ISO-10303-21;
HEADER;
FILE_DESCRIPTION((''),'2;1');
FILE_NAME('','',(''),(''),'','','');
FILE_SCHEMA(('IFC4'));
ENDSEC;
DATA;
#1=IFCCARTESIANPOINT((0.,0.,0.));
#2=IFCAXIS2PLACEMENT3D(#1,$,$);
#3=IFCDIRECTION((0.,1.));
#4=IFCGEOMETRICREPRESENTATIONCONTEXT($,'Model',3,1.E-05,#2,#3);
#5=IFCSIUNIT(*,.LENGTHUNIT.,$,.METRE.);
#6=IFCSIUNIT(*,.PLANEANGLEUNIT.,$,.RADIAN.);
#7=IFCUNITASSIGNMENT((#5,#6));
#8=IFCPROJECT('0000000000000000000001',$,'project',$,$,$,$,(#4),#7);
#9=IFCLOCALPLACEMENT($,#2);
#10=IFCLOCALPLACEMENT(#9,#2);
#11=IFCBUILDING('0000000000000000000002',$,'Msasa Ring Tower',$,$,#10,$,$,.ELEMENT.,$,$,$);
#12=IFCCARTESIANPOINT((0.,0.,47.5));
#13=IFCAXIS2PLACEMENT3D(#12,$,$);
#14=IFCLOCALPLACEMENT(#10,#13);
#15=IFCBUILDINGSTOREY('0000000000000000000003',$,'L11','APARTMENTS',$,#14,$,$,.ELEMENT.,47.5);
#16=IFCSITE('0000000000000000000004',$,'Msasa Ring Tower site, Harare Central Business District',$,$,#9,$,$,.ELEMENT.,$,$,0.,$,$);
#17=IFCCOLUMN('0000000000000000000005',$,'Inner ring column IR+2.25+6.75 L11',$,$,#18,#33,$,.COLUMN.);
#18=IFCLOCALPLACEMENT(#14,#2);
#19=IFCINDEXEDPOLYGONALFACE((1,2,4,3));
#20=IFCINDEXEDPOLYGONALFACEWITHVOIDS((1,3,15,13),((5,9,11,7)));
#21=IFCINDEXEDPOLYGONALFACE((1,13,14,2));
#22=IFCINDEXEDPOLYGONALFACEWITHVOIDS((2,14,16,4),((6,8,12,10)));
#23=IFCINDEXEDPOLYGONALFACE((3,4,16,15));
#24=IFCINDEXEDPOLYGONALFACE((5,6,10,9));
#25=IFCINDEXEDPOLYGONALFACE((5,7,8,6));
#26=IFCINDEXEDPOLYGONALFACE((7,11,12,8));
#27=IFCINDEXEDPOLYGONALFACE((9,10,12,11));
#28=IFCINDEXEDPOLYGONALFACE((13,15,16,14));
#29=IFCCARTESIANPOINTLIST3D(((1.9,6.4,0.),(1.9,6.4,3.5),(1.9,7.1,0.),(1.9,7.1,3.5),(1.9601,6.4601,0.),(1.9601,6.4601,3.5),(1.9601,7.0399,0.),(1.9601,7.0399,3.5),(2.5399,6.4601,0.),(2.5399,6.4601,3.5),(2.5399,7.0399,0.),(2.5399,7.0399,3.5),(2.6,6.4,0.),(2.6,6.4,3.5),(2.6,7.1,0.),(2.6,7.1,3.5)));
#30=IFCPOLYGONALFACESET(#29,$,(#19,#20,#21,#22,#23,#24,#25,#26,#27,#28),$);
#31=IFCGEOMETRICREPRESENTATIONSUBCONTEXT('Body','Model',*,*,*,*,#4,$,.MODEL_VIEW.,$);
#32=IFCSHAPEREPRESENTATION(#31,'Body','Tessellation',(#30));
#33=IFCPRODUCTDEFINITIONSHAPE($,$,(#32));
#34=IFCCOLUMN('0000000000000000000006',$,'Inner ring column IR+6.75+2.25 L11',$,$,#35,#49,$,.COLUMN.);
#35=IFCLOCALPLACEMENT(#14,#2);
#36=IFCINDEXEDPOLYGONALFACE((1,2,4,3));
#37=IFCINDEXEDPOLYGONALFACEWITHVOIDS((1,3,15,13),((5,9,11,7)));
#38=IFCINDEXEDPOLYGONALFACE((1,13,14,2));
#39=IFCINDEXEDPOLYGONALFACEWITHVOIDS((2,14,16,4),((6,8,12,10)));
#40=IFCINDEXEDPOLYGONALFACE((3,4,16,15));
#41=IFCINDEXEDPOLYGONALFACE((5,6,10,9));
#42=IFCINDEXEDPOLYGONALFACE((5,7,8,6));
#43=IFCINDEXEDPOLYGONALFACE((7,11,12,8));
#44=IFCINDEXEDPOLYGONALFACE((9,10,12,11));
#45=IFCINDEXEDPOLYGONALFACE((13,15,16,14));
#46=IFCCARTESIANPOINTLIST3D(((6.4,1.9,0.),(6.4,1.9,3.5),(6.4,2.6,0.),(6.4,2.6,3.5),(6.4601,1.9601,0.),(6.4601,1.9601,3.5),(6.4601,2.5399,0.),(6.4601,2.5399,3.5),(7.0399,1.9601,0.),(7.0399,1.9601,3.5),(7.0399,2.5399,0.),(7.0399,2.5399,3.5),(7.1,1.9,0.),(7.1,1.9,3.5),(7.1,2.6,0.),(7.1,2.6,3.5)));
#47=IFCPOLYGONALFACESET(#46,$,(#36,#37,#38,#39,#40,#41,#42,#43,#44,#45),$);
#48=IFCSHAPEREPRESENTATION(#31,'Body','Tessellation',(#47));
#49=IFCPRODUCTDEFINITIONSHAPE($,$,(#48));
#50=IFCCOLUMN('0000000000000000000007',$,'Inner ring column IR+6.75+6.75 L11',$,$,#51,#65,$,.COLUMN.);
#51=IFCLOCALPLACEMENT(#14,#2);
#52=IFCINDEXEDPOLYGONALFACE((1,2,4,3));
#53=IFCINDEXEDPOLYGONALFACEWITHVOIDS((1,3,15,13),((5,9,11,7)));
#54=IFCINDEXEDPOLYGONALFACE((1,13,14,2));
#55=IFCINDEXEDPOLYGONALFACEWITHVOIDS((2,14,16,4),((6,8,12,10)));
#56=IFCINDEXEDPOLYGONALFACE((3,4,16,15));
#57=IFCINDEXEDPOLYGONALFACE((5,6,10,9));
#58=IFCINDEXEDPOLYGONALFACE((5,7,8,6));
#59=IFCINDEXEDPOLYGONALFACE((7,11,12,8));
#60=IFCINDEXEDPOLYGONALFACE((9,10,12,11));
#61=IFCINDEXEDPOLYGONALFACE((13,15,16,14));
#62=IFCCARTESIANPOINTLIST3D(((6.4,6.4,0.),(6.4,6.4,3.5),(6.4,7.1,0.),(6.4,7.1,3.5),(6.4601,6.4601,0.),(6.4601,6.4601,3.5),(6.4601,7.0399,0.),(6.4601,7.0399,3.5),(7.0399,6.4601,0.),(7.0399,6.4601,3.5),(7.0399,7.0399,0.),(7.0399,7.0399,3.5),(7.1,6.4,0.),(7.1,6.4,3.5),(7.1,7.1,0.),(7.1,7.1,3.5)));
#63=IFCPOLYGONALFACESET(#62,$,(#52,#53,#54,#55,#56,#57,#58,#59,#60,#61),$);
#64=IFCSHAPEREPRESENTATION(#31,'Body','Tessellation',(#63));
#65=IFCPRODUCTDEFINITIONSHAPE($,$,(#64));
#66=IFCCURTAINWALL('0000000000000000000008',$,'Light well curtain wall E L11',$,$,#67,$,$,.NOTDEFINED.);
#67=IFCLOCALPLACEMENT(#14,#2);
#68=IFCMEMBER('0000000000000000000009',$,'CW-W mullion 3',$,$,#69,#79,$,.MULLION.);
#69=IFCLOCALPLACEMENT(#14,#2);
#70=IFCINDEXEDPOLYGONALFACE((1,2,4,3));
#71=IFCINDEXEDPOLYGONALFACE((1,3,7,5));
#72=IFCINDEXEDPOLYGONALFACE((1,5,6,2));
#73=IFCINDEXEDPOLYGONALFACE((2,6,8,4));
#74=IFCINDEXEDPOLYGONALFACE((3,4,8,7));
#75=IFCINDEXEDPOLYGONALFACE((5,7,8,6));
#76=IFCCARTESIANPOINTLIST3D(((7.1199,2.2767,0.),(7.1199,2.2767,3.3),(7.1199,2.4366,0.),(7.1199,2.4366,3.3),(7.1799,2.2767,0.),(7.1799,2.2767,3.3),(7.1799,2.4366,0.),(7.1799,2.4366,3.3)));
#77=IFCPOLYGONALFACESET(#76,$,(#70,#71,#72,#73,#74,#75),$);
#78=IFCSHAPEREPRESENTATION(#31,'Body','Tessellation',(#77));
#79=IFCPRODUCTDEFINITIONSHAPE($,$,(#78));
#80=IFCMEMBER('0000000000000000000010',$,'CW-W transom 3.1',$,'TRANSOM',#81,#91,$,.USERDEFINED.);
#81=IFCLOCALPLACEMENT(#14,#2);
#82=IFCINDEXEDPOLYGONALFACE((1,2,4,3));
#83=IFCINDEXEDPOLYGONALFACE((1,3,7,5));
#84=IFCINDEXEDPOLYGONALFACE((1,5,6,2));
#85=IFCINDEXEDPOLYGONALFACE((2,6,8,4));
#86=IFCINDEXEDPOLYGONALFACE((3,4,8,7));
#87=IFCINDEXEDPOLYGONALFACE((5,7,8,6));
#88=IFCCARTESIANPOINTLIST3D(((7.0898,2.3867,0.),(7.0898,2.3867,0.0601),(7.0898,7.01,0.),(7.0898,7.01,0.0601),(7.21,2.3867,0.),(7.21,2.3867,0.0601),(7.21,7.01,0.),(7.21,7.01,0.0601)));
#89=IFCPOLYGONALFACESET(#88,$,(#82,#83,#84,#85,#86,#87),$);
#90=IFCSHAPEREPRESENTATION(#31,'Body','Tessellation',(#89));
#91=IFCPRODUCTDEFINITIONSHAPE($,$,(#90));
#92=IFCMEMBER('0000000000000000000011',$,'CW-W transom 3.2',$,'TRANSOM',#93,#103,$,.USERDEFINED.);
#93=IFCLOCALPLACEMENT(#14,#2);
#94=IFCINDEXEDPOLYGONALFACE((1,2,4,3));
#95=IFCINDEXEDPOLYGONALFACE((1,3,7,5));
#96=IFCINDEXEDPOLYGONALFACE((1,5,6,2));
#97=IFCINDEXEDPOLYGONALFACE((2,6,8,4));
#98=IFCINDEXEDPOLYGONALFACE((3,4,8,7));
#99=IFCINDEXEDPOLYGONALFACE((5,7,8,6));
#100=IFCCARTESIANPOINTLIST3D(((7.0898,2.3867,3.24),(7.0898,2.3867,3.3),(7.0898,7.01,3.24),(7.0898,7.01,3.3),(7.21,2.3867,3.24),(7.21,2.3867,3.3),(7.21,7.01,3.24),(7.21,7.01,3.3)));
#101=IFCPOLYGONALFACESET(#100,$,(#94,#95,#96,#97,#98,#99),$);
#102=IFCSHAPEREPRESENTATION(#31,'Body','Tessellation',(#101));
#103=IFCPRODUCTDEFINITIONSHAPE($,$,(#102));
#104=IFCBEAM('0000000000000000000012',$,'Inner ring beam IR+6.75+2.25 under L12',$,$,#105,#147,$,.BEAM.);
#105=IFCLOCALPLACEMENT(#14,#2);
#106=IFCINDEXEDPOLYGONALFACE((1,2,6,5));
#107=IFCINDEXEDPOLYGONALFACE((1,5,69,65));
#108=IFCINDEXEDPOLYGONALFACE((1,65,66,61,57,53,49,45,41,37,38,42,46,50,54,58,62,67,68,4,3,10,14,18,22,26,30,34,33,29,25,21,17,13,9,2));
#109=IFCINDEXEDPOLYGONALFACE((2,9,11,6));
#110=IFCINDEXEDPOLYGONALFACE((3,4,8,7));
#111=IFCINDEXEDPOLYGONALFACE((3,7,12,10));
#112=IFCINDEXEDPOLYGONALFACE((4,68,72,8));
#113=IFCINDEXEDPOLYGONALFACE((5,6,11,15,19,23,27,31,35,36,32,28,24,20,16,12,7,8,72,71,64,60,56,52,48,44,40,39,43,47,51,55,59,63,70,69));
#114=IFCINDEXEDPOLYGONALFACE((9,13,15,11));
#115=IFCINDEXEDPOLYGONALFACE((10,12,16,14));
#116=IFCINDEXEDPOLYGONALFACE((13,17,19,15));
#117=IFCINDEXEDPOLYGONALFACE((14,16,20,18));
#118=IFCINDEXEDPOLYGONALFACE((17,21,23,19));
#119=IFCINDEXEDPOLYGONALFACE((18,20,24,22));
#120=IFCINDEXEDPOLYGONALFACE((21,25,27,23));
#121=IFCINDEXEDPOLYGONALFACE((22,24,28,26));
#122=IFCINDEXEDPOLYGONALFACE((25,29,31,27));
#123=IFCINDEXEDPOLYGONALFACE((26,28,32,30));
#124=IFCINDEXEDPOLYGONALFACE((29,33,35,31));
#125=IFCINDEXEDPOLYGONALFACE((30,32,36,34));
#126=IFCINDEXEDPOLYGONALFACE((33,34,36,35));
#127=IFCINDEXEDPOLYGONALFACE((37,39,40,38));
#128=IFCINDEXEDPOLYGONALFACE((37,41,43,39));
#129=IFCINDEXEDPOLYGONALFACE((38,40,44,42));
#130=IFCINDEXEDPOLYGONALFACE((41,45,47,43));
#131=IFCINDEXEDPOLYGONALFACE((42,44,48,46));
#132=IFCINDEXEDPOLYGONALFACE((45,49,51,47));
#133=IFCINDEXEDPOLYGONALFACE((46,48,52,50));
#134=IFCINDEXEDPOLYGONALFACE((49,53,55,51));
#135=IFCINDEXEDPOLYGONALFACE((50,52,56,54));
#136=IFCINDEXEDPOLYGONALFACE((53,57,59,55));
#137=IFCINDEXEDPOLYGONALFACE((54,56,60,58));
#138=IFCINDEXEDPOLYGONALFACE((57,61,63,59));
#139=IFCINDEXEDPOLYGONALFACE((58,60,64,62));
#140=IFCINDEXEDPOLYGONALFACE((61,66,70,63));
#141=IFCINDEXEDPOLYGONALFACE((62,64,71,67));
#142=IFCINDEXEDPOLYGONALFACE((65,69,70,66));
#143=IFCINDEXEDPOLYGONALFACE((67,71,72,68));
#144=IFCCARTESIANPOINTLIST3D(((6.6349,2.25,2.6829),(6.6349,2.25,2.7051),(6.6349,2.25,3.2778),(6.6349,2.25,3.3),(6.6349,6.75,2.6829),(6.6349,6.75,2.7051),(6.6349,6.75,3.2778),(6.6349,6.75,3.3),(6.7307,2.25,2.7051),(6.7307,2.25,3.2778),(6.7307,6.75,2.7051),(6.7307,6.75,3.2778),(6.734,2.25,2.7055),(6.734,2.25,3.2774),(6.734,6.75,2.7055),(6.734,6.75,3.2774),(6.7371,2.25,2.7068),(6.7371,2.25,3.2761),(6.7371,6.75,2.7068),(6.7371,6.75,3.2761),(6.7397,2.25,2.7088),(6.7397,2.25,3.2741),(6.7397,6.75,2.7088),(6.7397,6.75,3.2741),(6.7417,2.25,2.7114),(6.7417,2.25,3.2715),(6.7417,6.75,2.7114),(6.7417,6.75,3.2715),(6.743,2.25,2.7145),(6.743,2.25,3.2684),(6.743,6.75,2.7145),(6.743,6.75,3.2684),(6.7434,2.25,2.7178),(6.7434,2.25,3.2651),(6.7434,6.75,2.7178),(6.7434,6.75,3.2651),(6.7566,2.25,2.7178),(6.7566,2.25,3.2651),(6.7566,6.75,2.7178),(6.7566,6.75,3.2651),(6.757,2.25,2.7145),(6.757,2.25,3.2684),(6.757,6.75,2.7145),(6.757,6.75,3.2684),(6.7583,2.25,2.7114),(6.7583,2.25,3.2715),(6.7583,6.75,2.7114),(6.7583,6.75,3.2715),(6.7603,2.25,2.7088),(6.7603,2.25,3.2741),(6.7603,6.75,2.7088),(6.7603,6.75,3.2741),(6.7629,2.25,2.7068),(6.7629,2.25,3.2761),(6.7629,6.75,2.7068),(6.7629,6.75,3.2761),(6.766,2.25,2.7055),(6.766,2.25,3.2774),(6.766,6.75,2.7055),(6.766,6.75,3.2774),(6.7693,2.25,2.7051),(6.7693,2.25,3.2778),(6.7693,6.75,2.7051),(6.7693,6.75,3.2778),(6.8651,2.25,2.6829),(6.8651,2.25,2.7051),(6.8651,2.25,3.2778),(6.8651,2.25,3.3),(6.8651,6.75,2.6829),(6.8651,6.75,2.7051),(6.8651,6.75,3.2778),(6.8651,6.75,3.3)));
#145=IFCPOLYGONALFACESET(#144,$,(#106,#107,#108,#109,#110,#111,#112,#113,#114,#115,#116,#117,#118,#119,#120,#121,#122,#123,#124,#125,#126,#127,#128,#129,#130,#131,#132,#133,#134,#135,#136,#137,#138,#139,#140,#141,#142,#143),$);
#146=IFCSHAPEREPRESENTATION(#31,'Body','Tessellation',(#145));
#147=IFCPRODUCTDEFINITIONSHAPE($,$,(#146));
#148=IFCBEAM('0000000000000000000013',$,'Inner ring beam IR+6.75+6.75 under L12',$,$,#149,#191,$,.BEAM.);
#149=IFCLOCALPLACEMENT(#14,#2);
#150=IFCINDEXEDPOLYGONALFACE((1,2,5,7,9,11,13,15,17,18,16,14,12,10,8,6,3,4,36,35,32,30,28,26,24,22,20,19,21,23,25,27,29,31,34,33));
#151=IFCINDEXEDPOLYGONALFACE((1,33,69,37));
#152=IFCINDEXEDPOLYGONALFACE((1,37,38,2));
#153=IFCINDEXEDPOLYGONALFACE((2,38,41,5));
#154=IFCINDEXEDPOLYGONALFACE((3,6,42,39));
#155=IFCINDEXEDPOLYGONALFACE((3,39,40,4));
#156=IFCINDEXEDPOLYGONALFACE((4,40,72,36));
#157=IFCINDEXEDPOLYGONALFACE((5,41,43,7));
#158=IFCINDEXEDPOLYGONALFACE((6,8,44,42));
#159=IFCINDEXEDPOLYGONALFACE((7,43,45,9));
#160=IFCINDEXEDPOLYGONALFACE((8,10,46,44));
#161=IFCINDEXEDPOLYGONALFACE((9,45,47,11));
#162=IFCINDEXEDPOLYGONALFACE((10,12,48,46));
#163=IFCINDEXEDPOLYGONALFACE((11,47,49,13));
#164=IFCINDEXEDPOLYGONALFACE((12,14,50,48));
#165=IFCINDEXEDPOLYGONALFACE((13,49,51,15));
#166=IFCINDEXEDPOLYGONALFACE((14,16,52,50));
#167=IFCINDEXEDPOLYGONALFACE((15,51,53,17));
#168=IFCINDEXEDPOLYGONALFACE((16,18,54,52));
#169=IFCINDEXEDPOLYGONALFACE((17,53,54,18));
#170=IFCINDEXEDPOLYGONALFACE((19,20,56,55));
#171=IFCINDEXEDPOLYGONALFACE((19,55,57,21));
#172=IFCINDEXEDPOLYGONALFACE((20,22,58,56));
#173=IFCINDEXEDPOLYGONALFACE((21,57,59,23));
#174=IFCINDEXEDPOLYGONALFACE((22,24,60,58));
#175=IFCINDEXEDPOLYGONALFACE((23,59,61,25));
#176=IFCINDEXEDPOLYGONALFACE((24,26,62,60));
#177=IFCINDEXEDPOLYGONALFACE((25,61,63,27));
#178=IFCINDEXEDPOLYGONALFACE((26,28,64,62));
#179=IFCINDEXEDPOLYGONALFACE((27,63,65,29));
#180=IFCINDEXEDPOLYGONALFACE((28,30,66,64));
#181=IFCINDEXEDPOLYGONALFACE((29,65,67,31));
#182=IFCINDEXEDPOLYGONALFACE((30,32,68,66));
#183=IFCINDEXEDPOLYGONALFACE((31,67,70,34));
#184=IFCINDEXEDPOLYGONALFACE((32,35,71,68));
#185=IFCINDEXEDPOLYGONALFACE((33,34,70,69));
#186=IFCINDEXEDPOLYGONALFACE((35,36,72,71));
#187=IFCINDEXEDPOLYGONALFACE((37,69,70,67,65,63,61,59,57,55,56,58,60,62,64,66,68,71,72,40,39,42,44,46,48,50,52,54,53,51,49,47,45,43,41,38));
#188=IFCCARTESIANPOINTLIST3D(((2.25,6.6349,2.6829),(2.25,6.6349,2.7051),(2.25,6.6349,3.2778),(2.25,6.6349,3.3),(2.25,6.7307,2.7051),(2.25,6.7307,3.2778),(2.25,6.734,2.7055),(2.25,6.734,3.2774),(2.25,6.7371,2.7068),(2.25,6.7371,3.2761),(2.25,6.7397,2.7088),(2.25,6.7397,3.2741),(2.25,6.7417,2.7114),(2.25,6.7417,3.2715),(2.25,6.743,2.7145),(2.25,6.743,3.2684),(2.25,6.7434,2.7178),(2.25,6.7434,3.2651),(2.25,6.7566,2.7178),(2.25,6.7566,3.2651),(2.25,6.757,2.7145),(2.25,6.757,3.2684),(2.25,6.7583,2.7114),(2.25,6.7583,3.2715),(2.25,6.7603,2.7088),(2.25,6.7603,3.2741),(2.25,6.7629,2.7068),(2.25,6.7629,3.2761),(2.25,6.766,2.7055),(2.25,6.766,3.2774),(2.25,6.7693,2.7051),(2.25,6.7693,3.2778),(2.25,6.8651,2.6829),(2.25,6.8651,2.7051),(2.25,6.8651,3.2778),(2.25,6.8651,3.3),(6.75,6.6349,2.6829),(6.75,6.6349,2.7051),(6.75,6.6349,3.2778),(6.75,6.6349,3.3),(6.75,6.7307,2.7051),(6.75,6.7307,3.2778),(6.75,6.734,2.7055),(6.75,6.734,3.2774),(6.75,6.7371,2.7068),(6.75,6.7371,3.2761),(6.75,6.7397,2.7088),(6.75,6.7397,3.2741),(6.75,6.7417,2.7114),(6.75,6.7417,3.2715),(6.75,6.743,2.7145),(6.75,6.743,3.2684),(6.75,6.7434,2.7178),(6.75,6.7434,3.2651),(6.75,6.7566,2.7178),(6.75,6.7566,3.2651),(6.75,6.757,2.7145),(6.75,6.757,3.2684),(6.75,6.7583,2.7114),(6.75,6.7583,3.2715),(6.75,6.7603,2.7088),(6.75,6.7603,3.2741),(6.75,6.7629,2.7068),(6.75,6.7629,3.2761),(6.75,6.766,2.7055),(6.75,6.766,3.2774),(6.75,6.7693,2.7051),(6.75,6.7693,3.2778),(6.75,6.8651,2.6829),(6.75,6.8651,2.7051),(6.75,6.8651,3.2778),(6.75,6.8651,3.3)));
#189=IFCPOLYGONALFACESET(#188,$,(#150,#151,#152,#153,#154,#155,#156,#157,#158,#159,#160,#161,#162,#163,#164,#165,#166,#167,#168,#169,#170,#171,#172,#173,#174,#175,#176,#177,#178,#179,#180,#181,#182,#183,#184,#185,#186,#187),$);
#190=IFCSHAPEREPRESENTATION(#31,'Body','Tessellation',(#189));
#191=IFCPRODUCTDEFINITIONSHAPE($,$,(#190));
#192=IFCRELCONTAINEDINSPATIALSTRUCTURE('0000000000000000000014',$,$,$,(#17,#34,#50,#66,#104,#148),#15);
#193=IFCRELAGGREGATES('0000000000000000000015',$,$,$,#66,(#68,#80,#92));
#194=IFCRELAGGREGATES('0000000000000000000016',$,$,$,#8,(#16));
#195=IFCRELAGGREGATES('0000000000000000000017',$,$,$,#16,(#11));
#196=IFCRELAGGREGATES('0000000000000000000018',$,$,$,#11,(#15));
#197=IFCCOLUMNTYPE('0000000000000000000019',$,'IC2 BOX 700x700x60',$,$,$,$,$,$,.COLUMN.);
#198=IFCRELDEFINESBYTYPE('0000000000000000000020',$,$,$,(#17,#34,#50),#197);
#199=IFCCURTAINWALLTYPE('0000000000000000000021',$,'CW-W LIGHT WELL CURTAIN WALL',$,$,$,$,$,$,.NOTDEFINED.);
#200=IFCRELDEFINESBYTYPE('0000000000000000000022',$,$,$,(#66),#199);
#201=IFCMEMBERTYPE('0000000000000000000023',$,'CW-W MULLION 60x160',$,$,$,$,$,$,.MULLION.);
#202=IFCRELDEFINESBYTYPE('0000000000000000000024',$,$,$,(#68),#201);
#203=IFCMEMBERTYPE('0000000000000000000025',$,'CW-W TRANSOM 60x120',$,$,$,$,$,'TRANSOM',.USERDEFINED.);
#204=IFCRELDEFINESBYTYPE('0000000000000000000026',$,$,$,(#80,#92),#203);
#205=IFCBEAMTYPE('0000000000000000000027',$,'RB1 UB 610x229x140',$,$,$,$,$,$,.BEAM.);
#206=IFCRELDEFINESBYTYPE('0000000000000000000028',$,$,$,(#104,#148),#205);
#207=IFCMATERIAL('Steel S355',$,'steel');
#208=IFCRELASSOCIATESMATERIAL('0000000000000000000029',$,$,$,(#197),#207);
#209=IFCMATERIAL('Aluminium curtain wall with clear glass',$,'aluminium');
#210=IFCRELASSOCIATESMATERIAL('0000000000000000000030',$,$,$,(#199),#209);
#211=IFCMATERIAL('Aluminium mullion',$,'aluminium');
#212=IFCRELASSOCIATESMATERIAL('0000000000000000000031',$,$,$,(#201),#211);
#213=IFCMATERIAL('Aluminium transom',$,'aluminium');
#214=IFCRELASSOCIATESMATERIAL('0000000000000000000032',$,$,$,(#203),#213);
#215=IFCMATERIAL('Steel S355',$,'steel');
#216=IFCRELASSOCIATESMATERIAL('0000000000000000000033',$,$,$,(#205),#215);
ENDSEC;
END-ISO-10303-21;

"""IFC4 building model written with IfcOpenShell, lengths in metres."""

from ifc_helpers import new_model, si_unit, direction, frame, origin, origin_2d, place, context, subcontext, project, spatial, rectangle, hollow_rectangle, i_section, extrude, material, material_profile, profile_set, type_object, element, aggregate, save


model = new_model("IFC4")

# Units and contexts
model_context = context("Model", 3, precision=1e-05, world=origin(), true_north=direction((0.0, 1.0)))
body_context = subcontext(model_context, "Body", "Model", "MODEL_VIEW")
ifc_project = project(units=[si_unit("LENGTHUNIT", "METRE"), si_unit("PLANEANGLEUNIT", "RADIAN")], contexts=[model_context])

# Site, building, storey
site_placement = place(None, origin())
site = spatial("IfcSite", under=ifc_project, at=site_placement, Name="Msasa Ring Tower site, Harare Central Business District", CompositionType="ELEMENT", RefElevation=0.0)
building_placement = place(site_placement, origin())
building = spatial("IfcBuilding", under=site, at=building_placement, Name="Msasa Ring Tower", CompositionType="ELEMENT")
storey_placement = place(building_placement, frame((0.0, 0.0, 47.5)))
storey = spatial("IfcBuildingStorey", under=building, at=storey_placement, Name="L11", Description="APARTMENTS", CompositionType="ELEMENT", Elevation=47.5)

# Columns
ifc_material_1 = material(Name="Steel S355", Category="steel")
ifc_material_profile_1 = material_profile(ifc_material_1, hollow_rectangle(XDim=0.7, YDim=0.7, WallThickness=0.0601, at=origin_2d()), Name="BOX 700x700x60")
ifc_profile_set_1 = profile_set([ifc_material_profile_1], Name="Steel S355")
column_type = type_object("IfcColumnType", Name="IC2 BOX 700x700x60", PredefinedType="COLUMN", material=ifc_profile_set_1)
for number, where, z_axis, x_axis, name in (
    (1, (2.25, 6.75, 0.0), (0.0, 0.0, 1.0), (1.0, 0.0, 0.0), "Inner ring column IR+2.25+6.75 L11"),
    (2, (6.75, 2.25, 0.0), (0.0, 0.0, 1.0), (1.0, 0.0, 0.0), "Inner ring column IR+6.75+2.25 L11"),
    (3, (6.75, 6.75, 0.0), (0.0, 0.0, 1.0), (1.0, 0.0, 0.0), "Inner ring column IR+6.75+6.75 L11"),
):
    element("IfcColumn", number, at=place(storey_placement, frame(where, z_axis=z_axis, x_axis=x_axis)), inside=storey, type_object=column_type, Name=name, PredefinedType="COLUMN", context=body_context, shape_type="SweptSolid", body=[
        extrude(hollow_rectangle(XDim=0.7, YDim=0.7, WallThickness=0.0601, at=origin_2d()), origin(), (0.0, 0.0, 1.0), 3.5),
    ])

# Curtain wall, members
ifc_material_2 = material(Name="Aluminium curtain wall with clear glass", Category="aluminium")
curtain_wall_type = type_object("IfcCurtainWallType", Name="CW-W LIGHT WELL CURTAIN WALL", PredefinedType="NOTDEFINED", material=ifc_material_2)
curtain_wall_placement = place(storey_placement, origin())
curtain_wall = element("IfcCurtainWall", 4, at=curtain_wall_placement, inside=storey, type_object=curtain_wall_type, Name="Light well curtain wall E L11", PredefinedType="NOTDEFINED")
ifc_material_3 = material(Name="Aluminium mullion", Category="aluminium")
ifc_material_profile_2 = material_profile(ifc_material_3, rectangle(XDim=0.0601, YDim=0.1599, at=origin_2d()), Name="AL 60x160")
ifc_profile_set_2 = profile_set([ifc_material_profile_2], Name="Aluminium mullion")
member_type_1 = type_object("IfcMemberType", Name="CW-W MULLION 60x160", PredefinedType="MULLION", material=ifc_profile_set_2)
member_1_placement = place(storey_placement, frame((7.1499, 2.3567, 0.0), z_axis=(0.0, 0.0, 1.0), x_axis=(-1.0, 0.0, 0.0)))
member_1 = element("IfcMember", 5, at=member_1_placement, type_object=member_type_1, Name="CW-W mullion 3", PredefinedType="MULLION", context=body_context, shape_type="SweptSolid", body=[
    extrude(rectangle(XDim=0.0601, YDim=0.1599, at=origin_2d()), origin(), (0.0, 0.0, 1.0), 3.3),
])
ifc_material_4 = material(Name="Aluminium transom", Category="aluminium")
ifc_material_profile_3 = material_profile(ifc_material_4, rectangle(XDim=0.1201, YDim=0.0601, at=origin_2d()), Name="AL 60x120")
ifc_profile_set_3 = profile_set([ifc_material_profile_3], Name="Aluminium transom")
member_type_2 = type_object("IfcMemberType", Name="CW-W TRANSOM 60x120", ElementType="TRANSOM", PredefinedType="USERDEFINED", material=ifc_profile_set_3)
member_2_placement = place(storey_placement, frame((7.1499, 2.3867, 0.03), z_axis=(0.0, 1.0, 0.0), x_axis=(-1.0, 0.0, 0.0)))
member_2 = element("IfcMember", 6, at=member_2_placement, type_object=member_type_2, Name="CW-W transom 3.1", ObjectType="TRANSOM", PredefinedType="USERDEFINED", context=body_context, shape_type="SweptSolid", body=[
    extrude(rectangle(XDim=0.1201, YDim=0.0601, at=origin_2d()), origin(), (0.0, 0.0, 1.0), 4.6233),
])
member_3_placement = place(storey_placement, frame((7.1499, 2.3867, 3.27), z_axis=(0.0, 1.0, 0.0), x_axis=(-1.0, 0.0, 0.0)))
member_3 = element("IfcMember", 7, at=member_3_placement, type_object=member_type_2, Name="CW-W transom 3.2", ObjectType="TRANSOM", PredefinedType="USERDEFINED", context=body_context, shape_type="SweptSolid", body=[
    extrude(rectangle(XDim=0.1201, YDim=0.0601, at=origin_2d()), origin(), (0.0, 0.0, 1.0), 4.6233),
])

# Beams
ifc_material_5 = material(Name="Steel S355", Category="steel")
ifc_material_profile_4 = material_profile(ifc_material_5, i_section(OverallWidth=0.2302, OverallDepth=0.6172, WebThickness=0.0132, FlangeThickness=0.0222, FilletRadius=0.0127, at=origin_2d()), Name="UB 610x229x140")
ifc_profile_set_4 = profile_set([ifc_material_profile_4], Name="Steel S355")
beam_type = type_object("IfcBeamType", Name="RB1 UB 610x229x140", PredefinedType="BEAM", material=ifc_profile_set_4)
for number, where, z_axis, x_axis, name in (
    (8, (6.75, 2.25, 2.9915), (0.0, 1.0, 0.0), (-1.0, 0.0, 0.0), "Inner ring beam IR+6.75+2.25 under L12"),
    (9, (6.75, 6.75, 2.9915), (-1.0, 0.0, 0.0), (0.0, -1.0, 0.0), "Inner ring beam IR+6.75+6.75 under L12"),
):
    element("IfcBeam", number, at=place(storey_placement, frame(where, z_axis=z_axis, x_axis=x_axis)), inside=storey, type_object=beam_type, Name=name, PredefinedType="BEAM", context=body_context, shape_type="SweptSolid", body=[
        extrude(i_section(OverallWidth=0.2302, OverallDepth=0.6172, WebThickness=0.0132, FlangeThickness=0.0222, FilletRadius=0.0127, at=origin_2d()), origin(), (0.0, 0.0, 1.0), 4.5),
    ])

aggregate(curtain_wall, [member_1, member_2, member_3])

save(model, "model.ifc")
